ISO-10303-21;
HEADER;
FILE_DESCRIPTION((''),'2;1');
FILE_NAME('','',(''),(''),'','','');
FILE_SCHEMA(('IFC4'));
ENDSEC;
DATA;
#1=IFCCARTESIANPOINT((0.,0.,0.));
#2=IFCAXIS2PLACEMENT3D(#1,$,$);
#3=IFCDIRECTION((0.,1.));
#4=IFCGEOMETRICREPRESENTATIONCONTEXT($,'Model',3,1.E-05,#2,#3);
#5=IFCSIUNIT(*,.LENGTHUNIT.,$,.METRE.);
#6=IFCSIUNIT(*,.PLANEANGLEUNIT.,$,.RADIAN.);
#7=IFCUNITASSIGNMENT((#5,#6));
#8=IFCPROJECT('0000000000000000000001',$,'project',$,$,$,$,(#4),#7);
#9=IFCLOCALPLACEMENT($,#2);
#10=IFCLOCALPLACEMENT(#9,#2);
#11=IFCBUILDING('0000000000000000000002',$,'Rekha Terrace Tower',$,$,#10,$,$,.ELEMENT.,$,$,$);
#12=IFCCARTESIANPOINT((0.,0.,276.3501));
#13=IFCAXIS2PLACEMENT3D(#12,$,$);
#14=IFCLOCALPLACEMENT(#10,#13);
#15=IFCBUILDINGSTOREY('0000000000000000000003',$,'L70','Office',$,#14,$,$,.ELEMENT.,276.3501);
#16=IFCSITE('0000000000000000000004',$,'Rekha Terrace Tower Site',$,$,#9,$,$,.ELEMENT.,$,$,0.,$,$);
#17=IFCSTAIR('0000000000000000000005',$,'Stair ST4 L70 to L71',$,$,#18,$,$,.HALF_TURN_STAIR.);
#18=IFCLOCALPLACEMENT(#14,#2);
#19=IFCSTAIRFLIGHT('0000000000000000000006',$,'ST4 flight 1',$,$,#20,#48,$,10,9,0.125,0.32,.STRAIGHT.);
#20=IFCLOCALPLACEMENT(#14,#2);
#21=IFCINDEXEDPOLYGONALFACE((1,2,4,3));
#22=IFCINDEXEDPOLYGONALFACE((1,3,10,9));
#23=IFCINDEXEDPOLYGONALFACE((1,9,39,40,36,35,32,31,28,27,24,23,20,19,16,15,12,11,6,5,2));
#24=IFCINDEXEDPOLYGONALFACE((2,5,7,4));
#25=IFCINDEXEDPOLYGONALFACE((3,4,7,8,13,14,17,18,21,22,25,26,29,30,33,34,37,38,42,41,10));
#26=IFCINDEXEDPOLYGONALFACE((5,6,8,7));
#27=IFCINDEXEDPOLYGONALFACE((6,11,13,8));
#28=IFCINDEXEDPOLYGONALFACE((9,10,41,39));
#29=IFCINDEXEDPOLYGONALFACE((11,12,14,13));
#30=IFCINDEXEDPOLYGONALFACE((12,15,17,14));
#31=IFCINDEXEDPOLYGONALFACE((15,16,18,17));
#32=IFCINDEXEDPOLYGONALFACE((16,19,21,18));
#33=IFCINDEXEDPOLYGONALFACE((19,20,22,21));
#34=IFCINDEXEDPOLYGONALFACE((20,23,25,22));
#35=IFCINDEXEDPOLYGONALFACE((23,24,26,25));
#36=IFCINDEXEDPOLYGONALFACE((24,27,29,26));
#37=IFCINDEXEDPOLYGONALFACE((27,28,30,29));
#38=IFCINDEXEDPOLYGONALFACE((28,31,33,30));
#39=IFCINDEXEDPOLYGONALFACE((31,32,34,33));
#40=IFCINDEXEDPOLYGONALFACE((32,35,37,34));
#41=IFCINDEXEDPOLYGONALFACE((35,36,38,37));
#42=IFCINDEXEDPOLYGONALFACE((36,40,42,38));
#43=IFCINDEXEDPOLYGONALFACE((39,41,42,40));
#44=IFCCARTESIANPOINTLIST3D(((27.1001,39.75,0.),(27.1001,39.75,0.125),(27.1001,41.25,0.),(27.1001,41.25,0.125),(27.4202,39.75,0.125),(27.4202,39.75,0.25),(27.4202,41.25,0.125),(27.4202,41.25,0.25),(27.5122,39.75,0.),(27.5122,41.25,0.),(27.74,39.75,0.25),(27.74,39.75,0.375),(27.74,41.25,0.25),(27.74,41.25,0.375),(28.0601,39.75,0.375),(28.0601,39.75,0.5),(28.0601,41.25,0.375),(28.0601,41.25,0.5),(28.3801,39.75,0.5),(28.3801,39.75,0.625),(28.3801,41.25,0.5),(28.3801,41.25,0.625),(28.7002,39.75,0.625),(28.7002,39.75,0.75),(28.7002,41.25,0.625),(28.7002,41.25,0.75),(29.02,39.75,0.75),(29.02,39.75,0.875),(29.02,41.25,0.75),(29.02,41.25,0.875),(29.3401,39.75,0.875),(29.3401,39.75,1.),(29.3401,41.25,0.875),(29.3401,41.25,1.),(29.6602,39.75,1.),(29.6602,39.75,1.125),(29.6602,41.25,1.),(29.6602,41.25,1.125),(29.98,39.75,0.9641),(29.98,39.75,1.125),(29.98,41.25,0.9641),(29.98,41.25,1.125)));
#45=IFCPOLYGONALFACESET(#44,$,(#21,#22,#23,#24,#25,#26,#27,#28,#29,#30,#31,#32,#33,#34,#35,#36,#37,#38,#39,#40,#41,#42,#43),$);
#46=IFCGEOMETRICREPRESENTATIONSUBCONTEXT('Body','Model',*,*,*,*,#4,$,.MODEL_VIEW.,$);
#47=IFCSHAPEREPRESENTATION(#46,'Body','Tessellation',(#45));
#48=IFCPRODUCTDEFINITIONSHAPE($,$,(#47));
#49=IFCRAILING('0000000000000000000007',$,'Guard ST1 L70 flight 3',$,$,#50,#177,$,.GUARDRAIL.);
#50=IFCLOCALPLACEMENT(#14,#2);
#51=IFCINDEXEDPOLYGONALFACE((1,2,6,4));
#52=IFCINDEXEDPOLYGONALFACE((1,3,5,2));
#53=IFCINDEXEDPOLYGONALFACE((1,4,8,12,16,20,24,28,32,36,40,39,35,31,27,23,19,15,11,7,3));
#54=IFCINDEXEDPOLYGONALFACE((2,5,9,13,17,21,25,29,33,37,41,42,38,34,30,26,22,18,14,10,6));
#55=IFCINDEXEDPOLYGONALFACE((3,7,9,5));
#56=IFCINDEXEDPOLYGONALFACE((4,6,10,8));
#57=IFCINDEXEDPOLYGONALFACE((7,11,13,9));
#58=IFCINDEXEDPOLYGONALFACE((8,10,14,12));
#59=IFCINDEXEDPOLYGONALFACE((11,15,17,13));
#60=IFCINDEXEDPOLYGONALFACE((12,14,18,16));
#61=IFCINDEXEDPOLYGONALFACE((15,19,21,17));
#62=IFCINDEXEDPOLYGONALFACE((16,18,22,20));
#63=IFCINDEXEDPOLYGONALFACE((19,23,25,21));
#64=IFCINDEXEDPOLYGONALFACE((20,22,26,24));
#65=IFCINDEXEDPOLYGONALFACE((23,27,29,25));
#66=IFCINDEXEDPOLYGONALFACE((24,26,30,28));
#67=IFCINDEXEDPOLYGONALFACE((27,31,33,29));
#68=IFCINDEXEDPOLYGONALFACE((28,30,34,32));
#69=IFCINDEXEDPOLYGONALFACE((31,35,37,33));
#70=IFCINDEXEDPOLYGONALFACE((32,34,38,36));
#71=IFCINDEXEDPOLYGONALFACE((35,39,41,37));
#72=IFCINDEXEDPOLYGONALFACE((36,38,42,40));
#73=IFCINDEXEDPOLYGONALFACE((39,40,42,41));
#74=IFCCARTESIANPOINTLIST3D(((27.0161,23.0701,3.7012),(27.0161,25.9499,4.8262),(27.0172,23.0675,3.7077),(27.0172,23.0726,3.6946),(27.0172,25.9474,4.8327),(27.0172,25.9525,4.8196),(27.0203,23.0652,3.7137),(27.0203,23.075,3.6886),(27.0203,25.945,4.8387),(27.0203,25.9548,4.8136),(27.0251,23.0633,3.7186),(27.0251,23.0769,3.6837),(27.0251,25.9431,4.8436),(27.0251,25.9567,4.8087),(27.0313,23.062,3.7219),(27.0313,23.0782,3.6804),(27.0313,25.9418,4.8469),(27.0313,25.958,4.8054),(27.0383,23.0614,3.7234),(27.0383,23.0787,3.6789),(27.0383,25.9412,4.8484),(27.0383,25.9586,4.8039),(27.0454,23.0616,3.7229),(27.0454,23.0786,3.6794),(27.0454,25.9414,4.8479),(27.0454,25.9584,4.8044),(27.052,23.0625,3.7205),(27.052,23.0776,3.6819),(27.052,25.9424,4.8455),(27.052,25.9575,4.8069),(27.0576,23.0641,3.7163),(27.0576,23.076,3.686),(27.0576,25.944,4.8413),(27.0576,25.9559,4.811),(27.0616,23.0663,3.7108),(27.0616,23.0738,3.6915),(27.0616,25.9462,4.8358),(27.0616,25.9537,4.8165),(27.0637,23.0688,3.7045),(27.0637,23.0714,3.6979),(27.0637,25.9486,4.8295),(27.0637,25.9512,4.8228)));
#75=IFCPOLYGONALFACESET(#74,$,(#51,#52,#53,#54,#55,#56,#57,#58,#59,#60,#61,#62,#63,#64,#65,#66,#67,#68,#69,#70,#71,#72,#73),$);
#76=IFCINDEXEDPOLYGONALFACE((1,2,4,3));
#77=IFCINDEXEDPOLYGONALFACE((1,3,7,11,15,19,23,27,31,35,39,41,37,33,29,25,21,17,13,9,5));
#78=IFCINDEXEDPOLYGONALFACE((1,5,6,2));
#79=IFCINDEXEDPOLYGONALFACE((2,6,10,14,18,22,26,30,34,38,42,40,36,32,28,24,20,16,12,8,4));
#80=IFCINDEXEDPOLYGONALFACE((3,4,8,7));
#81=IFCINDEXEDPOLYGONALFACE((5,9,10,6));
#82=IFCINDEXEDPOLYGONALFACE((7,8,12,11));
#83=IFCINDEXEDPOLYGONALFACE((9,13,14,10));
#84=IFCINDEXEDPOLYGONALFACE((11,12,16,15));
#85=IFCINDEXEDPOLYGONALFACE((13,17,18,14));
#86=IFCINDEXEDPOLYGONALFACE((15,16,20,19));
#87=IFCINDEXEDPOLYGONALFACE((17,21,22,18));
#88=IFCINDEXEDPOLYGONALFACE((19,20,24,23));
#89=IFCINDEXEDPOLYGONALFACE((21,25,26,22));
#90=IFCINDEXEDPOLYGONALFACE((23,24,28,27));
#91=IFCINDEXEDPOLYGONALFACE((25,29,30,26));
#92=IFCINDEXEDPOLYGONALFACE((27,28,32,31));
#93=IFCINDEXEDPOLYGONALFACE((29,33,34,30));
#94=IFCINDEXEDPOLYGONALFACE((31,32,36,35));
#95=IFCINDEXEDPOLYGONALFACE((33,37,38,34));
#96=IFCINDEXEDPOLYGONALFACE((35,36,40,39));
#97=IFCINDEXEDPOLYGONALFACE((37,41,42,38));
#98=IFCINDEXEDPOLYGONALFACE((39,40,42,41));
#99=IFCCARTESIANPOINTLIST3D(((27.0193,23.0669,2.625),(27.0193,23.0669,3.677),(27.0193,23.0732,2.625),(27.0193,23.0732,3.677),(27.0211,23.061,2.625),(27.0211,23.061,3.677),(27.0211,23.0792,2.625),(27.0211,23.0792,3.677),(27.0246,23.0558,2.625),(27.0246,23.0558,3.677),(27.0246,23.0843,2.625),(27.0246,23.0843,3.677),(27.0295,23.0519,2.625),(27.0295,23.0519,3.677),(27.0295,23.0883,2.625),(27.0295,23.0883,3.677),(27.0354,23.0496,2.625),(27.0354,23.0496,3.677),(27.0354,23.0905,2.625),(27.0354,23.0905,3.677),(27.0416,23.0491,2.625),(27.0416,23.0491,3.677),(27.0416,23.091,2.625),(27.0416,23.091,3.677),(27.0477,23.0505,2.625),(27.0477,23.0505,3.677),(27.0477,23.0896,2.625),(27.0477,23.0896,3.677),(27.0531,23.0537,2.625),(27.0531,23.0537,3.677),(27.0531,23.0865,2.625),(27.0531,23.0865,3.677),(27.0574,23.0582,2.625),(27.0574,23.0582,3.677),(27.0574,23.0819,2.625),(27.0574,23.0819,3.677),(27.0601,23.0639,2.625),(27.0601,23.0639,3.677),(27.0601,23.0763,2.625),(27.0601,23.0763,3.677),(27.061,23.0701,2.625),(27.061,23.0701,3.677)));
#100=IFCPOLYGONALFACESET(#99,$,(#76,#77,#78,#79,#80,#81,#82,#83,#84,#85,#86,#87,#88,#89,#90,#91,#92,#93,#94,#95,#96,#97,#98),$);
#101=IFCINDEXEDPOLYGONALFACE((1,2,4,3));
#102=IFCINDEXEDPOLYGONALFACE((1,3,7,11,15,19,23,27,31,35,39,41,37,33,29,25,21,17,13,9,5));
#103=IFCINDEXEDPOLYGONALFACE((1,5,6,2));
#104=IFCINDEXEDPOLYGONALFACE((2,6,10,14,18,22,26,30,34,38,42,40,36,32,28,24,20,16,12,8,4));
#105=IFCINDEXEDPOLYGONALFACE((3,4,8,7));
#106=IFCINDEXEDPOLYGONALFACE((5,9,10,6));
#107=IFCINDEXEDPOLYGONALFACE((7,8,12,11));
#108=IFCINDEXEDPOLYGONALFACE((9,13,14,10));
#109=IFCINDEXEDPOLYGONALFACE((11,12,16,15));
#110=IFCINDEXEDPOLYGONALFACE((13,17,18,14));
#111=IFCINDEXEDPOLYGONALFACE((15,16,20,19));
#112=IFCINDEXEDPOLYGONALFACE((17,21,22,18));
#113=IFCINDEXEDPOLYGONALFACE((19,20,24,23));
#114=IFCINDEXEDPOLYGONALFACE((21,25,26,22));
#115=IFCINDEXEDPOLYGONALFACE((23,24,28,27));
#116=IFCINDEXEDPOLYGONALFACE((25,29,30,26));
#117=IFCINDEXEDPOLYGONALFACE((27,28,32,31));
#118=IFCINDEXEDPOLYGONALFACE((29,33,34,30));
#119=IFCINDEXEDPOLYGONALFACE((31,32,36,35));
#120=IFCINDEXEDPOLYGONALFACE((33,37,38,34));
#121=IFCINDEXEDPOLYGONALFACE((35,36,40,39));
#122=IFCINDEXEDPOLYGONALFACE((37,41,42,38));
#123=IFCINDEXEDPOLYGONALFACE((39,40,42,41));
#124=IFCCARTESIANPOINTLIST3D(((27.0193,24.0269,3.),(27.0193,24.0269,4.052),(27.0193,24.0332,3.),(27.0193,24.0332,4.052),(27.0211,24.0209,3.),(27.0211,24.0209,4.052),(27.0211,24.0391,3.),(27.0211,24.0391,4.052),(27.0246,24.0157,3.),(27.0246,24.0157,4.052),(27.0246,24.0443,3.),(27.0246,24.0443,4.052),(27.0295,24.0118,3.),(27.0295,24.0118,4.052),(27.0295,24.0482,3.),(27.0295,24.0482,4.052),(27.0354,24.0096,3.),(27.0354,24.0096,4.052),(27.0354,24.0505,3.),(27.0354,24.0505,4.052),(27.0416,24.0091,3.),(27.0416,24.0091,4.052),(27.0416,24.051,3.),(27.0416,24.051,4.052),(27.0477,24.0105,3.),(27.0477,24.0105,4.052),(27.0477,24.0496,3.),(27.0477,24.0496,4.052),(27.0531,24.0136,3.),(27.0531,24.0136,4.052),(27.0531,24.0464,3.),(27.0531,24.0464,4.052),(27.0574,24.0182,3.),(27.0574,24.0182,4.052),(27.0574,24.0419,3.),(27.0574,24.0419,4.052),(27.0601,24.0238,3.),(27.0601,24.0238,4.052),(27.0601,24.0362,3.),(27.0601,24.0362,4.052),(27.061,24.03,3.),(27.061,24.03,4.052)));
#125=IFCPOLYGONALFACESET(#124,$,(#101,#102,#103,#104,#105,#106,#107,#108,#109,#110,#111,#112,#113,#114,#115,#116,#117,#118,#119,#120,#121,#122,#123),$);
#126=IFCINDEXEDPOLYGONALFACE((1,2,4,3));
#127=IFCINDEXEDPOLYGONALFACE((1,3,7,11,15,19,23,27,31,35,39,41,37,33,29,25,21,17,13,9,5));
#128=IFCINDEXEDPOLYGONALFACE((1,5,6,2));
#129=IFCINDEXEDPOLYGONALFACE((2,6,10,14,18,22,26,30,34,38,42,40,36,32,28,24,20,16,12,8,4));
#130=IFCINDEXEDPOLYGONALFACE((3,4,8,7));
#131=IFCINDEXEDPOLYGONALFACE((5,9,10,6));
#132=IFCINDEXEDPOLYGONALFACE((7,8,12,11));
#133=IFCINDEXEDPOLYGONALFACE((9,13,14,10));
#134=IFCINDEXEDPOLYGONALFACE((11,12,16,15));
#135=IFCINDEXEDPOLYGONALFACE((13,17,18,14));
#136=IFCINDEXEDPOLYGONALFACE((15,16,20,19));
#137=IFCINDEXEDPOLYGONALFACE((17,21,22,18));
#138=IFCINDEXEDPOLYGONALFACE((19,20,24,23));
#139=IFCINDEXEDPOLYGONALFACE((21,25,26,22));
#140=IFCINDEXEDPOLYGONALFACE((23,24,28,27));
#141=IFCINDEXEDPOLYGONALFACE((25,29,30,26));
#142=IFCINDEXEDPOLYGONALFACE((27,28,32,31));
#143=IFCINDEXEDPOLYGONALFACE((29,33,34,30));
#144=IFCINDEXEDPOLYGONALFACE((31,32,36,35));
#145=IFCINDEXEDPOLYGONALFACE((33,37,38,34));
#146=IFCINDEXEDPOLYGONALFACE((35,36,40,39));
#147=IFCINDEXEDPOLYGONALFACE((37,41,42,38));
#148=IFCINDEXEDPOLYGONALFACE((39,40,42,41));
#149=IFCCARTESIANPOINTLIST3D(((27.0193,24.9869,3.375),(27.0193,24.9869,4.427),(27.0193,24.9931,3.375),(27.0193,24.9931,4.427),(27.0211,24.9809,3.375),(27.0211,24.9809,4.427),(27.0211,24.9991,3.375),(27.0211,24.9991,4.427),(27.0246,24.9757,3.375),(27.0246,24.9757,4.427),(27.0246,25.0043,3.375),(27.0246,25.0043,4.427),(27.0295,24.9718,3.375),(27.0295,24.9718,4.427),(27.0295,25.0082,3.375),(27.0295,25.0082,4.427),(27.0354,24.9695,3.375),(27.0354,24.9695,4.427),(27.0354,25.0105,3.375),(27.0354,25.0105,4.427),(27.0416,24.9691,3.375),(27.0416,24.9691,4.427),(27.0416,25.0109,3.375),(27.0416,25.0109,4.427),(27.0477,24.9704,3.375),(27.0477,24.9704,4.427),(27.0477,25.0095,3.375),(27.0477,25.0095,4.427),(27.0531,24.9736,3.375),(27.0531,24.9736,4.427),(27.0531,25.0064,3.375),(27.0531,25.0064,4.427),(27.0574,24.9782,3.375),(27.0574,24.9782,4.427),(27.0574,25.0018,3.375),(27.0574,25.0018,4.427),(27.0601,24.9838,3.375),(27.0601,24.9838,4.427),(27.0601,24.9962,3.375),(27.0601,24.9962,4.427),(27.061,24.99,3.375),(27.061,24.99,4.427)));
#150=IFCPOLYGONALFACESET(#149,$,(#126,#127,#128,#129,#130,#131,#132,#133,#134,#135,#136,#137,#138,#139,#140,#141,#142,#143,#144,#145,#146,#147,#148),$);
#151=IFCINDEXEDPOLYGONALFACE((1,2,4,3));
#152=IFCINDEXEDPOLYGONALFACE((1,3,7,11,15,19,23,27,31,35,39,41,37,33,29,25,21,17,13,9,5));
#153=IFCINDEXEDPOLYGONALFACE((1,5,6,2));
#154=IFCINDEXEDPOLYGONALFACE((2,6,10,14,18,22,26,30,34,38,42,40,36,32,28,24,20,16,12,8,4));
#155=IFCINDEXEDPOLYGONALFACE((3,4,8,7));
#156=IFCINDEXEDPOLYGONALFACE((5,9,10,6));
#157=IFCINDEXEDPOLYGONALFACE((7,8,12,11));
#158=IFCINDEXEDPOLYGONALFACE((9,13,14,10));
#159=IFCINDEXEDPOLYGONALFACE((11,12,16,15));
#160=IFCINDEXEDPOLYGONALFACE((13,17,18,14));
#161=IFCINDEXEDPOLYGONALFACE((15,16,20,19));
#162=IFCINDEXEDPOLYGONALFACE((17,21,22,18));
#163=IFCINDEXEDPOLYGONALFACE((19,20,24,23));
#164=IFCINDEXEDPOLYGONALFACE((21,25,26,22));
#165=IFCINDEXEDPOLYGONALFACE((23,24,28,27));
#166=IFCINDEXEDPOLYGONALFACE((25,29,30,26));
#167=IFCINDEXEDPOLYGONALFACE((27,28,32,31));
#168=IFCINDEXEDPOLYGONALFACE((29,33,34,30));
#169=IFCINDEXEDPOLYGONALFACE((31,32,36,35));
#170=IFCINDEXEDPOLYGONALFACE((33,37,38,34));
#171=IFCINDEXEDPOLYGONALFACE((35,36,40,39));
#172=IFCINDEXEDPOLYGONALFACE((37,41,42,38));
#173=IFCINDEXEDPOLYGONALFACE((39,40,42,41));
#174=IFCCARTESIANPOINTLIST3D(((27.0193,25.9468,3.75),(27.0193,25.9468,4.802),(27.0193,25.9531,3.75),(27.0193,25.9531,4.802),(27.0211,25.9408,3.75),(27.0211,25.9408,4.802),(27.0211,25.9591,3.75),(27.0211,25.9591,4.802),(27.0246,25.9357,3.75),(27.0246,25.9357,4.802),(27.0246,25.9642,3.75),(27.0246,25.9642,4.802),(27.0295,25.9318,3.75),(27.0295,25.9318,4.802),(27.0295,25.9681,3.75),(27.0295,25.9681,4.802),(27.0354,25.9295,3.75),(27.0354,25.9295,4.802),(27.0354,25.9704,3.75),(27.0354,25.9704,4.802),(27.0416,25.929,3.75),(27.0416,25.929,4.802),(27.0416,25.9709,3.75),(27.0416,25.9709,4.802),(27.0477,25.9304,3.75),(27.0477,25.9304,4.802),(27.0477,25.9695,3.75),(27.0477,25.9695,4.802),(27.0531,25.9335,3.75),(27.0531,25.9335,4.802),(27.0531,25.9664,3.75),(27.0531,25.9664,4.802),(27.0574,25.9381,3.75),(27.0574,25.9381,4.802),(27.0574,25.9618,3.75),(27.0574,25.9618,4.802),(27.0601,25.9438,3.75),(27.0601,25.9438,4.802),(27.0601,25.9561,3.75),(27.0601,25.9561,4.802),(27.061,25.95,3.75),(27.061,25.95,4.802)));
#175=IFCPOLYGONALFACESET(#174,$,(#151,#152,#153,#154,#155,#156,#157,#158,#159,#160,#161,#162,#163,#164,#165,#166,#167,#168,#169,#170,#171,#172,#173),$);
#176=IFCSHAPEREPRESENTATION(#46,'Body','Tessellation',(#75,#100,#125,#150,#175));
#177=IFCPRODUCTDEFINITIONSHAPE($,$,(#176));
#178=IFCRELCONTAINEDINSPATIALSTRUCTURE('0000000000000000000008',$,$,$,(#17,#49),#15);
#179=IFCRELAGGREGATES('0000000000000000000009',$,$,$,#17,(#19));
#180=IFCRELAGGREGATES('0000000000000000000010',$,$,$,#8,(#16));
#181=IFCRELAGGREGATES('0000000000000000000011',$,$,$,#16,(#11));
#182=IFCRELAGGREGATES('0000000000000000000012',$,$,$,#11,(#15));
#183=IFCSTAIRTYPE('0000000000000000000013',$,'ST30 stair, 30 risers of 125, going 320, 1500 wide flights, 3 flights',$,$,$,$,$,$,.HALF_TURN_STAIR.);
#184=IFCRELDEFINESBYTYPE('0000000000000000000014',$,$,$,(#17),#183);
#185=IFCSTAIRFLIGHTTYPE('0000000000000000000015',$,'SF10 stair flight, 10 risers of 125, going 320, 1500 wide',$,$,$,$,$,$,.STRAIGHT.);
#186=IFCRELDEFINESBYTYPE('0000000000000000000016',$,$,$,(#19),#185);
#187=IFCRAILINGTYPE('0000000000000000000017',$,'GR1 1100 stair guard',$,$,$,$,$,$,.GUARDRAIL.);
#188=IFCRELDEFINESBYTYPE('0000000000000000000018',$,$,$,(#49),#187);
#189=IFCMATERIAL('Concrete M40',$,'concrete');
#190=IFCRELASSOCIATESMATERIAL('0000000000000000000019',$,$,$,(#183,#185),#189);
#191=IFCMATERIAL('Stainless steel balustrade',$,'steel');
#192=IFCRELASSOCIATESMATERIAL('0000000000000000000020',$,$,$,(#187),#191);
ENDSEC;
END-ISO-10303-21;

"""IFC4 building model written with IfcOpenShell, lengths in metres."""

from ifc_helpers import new_model, si_unit, direction, frame, origin, origin_2d, place, context, subcontext, project, spatial, polyline, circle, outline, extrude, material, type_object, element, aggregate, save


model = new_model("IFC4")

# Units and contexts
model_context = context("Model", 3, precision=1e-05, world=origin(), true_north=direction((0.0, 1.0)))
body_context = subcontext(model_context, "Body", "Model", "MODEL_VIEW")
ifc_project = project(units=[si_unit("LENGTHUNIT", "METRE"), si_unit("PLANEANGLEUNIT", "RADIAN")], contexts=[model_context])

# Site, building, storey
site_placement = place(None, origin())
site = spatial("IfcSite", under=ifc_project, at=site_placement, Name="Rekha Terrace Tower Site", CompositionType="ELEMENT", RefElevation=0.0)
building_placement = place(site_placement, origin())
building = spatial("IfcBuilding", under=site, at=building_placement, Name="Rekha Terrace Tower", CompositionType="ELEMENT")
storey_placement = place(building_placement, frame((0.0, 0.0, 276.3501)))
storey = spatial("IfcBuildingStorey", under=building, at=storey_placement, Name="L70", Description="Office", CompositionType="ELEMENT", Elevation=276.3501)

# Shared definitions
ifc_material_1 = material(Name="Concrete M40", Category="concrete")
stair_type = type_object("IfcStairType", Name="ST30 stair, 30 risers of 125, going 320, 1500 wide flights, 3 flights", PredefinedType="HALF_TURN_STAIR", material=ifc_material_1)
stair_flight_type = type_object("IfcStairFlightType", Name="SF10 stair flight, 10 risers of 125, going 320, 1500 wide", PredefinedType="STRAIGHT", material=ifc_material_1)

# Stair, stair flight
stair_1_placement = place(storey_placement, origin())
stair_1 = element("IfcStair", 1, at=stair_1_placement, inside=storey, type_object=stair_type, Name="Stair ST4 L70 to L71", PredefinedType="HALF_TURN_STAIR")
stair_flight_1_placement = place(storey_placement, frame((27.1001, 40.5, 0.0), z_axis=(0.0, 0.0, 1.0), x_axis=(1.0, 0.0, 0.0)))
stair_flight_1 = element("IfcStairFlight", 2, at=stair_flight_1_placement, type_object=stair_flight_type, Name="ST4 flight 1", NumberOfRisers=10, NumberOfTreads=9, PredefinedType="STRAIGHT", RiserHeight=0.125, TreadLength=0.32, context=body_context, shape_type="SweptSolid", body=[
    extrude(outline(polyline([(0.0, 0.0), (0.0, 0.125), (0.3201, 0.125), (0.3201, 0.25), (0.6399, 0.25), (0.6399, 0.375), (0.96, 0.375), (0.96, 0.5), (1.28, 0.5), (1.28, 0.625), (1.6001, 0.625), (1.6001, 0.75), (1.9199, 0.75), (1.9199, 0.875), (2.24, 0.875), (2.24, 1.0), (2.5601, 1.0), (2.5601, 1.125), (2.8799, 1.125), (2.8799, 1.25), (2.8799, 0.9641), (0.4121, 0.0), (0.0, 0.0)])), frame((0.0, 0.75, 0.0), z_axis=(0.0, -1.0, 0.0), x_axis=(1.0, 0.0, 0.0)), (0.0, 0.0, 1.0), 1.5),
])
aggregate(stair_1, [stair_flight_1])

# Railing
ifc_material_2 = material(Name="Stainless steel balustrade", Category="steel")
railing_type_1 = type_object("IfcRailingType", Name="GR1 1100 stair guard", PredefinedType="GUARDRAIL", material=ifc_material_2)
railing_1_placement = place(storey_placement, frame((27.04, 23.0701, 2.625)))
element("IfcRailing", 3, at=railing_1_placement, inside=storey, type_object=railing_type_1, Name="Guard ST1 L70 flight 3", PredefinedType="GUARDRAIL", context=body_context, shape_type="SweptSolid", body=[
    extrude(circle(Radius=0.0239, at=origin_2d()), frame((0.0, 0.0, 1.0762), z_axis=(0.0, 0.931452, 0.363863), x_axis=(-1.0, 0.0, 0.0)), (0.0, 0.0, 1.0), 3.0918),
    extrude(circle(Radius=0.021, at=origin_2d()), origin(), (0.0, 0.0, 1.0), 1.052),
    extrude(circle(Radius=0.021, at=origin_2d()), frame((0.0, 0.96, 0.375)), (0.0, 0.0, 1.0), 1.052),
    extrude(circle(Radius=0.021, at=origin_2d()), frame((0.0, 1.9199, 0.75)), (0.0, 0.0, 1.0), 1.052),
    extrude(circle(Radius=0.021, at=origin_2d()), frame((0.0, 2.8799, 1.125)), (0.0, 0.0, 1.0), 1.052),
])

save(model, "model.ifc")
